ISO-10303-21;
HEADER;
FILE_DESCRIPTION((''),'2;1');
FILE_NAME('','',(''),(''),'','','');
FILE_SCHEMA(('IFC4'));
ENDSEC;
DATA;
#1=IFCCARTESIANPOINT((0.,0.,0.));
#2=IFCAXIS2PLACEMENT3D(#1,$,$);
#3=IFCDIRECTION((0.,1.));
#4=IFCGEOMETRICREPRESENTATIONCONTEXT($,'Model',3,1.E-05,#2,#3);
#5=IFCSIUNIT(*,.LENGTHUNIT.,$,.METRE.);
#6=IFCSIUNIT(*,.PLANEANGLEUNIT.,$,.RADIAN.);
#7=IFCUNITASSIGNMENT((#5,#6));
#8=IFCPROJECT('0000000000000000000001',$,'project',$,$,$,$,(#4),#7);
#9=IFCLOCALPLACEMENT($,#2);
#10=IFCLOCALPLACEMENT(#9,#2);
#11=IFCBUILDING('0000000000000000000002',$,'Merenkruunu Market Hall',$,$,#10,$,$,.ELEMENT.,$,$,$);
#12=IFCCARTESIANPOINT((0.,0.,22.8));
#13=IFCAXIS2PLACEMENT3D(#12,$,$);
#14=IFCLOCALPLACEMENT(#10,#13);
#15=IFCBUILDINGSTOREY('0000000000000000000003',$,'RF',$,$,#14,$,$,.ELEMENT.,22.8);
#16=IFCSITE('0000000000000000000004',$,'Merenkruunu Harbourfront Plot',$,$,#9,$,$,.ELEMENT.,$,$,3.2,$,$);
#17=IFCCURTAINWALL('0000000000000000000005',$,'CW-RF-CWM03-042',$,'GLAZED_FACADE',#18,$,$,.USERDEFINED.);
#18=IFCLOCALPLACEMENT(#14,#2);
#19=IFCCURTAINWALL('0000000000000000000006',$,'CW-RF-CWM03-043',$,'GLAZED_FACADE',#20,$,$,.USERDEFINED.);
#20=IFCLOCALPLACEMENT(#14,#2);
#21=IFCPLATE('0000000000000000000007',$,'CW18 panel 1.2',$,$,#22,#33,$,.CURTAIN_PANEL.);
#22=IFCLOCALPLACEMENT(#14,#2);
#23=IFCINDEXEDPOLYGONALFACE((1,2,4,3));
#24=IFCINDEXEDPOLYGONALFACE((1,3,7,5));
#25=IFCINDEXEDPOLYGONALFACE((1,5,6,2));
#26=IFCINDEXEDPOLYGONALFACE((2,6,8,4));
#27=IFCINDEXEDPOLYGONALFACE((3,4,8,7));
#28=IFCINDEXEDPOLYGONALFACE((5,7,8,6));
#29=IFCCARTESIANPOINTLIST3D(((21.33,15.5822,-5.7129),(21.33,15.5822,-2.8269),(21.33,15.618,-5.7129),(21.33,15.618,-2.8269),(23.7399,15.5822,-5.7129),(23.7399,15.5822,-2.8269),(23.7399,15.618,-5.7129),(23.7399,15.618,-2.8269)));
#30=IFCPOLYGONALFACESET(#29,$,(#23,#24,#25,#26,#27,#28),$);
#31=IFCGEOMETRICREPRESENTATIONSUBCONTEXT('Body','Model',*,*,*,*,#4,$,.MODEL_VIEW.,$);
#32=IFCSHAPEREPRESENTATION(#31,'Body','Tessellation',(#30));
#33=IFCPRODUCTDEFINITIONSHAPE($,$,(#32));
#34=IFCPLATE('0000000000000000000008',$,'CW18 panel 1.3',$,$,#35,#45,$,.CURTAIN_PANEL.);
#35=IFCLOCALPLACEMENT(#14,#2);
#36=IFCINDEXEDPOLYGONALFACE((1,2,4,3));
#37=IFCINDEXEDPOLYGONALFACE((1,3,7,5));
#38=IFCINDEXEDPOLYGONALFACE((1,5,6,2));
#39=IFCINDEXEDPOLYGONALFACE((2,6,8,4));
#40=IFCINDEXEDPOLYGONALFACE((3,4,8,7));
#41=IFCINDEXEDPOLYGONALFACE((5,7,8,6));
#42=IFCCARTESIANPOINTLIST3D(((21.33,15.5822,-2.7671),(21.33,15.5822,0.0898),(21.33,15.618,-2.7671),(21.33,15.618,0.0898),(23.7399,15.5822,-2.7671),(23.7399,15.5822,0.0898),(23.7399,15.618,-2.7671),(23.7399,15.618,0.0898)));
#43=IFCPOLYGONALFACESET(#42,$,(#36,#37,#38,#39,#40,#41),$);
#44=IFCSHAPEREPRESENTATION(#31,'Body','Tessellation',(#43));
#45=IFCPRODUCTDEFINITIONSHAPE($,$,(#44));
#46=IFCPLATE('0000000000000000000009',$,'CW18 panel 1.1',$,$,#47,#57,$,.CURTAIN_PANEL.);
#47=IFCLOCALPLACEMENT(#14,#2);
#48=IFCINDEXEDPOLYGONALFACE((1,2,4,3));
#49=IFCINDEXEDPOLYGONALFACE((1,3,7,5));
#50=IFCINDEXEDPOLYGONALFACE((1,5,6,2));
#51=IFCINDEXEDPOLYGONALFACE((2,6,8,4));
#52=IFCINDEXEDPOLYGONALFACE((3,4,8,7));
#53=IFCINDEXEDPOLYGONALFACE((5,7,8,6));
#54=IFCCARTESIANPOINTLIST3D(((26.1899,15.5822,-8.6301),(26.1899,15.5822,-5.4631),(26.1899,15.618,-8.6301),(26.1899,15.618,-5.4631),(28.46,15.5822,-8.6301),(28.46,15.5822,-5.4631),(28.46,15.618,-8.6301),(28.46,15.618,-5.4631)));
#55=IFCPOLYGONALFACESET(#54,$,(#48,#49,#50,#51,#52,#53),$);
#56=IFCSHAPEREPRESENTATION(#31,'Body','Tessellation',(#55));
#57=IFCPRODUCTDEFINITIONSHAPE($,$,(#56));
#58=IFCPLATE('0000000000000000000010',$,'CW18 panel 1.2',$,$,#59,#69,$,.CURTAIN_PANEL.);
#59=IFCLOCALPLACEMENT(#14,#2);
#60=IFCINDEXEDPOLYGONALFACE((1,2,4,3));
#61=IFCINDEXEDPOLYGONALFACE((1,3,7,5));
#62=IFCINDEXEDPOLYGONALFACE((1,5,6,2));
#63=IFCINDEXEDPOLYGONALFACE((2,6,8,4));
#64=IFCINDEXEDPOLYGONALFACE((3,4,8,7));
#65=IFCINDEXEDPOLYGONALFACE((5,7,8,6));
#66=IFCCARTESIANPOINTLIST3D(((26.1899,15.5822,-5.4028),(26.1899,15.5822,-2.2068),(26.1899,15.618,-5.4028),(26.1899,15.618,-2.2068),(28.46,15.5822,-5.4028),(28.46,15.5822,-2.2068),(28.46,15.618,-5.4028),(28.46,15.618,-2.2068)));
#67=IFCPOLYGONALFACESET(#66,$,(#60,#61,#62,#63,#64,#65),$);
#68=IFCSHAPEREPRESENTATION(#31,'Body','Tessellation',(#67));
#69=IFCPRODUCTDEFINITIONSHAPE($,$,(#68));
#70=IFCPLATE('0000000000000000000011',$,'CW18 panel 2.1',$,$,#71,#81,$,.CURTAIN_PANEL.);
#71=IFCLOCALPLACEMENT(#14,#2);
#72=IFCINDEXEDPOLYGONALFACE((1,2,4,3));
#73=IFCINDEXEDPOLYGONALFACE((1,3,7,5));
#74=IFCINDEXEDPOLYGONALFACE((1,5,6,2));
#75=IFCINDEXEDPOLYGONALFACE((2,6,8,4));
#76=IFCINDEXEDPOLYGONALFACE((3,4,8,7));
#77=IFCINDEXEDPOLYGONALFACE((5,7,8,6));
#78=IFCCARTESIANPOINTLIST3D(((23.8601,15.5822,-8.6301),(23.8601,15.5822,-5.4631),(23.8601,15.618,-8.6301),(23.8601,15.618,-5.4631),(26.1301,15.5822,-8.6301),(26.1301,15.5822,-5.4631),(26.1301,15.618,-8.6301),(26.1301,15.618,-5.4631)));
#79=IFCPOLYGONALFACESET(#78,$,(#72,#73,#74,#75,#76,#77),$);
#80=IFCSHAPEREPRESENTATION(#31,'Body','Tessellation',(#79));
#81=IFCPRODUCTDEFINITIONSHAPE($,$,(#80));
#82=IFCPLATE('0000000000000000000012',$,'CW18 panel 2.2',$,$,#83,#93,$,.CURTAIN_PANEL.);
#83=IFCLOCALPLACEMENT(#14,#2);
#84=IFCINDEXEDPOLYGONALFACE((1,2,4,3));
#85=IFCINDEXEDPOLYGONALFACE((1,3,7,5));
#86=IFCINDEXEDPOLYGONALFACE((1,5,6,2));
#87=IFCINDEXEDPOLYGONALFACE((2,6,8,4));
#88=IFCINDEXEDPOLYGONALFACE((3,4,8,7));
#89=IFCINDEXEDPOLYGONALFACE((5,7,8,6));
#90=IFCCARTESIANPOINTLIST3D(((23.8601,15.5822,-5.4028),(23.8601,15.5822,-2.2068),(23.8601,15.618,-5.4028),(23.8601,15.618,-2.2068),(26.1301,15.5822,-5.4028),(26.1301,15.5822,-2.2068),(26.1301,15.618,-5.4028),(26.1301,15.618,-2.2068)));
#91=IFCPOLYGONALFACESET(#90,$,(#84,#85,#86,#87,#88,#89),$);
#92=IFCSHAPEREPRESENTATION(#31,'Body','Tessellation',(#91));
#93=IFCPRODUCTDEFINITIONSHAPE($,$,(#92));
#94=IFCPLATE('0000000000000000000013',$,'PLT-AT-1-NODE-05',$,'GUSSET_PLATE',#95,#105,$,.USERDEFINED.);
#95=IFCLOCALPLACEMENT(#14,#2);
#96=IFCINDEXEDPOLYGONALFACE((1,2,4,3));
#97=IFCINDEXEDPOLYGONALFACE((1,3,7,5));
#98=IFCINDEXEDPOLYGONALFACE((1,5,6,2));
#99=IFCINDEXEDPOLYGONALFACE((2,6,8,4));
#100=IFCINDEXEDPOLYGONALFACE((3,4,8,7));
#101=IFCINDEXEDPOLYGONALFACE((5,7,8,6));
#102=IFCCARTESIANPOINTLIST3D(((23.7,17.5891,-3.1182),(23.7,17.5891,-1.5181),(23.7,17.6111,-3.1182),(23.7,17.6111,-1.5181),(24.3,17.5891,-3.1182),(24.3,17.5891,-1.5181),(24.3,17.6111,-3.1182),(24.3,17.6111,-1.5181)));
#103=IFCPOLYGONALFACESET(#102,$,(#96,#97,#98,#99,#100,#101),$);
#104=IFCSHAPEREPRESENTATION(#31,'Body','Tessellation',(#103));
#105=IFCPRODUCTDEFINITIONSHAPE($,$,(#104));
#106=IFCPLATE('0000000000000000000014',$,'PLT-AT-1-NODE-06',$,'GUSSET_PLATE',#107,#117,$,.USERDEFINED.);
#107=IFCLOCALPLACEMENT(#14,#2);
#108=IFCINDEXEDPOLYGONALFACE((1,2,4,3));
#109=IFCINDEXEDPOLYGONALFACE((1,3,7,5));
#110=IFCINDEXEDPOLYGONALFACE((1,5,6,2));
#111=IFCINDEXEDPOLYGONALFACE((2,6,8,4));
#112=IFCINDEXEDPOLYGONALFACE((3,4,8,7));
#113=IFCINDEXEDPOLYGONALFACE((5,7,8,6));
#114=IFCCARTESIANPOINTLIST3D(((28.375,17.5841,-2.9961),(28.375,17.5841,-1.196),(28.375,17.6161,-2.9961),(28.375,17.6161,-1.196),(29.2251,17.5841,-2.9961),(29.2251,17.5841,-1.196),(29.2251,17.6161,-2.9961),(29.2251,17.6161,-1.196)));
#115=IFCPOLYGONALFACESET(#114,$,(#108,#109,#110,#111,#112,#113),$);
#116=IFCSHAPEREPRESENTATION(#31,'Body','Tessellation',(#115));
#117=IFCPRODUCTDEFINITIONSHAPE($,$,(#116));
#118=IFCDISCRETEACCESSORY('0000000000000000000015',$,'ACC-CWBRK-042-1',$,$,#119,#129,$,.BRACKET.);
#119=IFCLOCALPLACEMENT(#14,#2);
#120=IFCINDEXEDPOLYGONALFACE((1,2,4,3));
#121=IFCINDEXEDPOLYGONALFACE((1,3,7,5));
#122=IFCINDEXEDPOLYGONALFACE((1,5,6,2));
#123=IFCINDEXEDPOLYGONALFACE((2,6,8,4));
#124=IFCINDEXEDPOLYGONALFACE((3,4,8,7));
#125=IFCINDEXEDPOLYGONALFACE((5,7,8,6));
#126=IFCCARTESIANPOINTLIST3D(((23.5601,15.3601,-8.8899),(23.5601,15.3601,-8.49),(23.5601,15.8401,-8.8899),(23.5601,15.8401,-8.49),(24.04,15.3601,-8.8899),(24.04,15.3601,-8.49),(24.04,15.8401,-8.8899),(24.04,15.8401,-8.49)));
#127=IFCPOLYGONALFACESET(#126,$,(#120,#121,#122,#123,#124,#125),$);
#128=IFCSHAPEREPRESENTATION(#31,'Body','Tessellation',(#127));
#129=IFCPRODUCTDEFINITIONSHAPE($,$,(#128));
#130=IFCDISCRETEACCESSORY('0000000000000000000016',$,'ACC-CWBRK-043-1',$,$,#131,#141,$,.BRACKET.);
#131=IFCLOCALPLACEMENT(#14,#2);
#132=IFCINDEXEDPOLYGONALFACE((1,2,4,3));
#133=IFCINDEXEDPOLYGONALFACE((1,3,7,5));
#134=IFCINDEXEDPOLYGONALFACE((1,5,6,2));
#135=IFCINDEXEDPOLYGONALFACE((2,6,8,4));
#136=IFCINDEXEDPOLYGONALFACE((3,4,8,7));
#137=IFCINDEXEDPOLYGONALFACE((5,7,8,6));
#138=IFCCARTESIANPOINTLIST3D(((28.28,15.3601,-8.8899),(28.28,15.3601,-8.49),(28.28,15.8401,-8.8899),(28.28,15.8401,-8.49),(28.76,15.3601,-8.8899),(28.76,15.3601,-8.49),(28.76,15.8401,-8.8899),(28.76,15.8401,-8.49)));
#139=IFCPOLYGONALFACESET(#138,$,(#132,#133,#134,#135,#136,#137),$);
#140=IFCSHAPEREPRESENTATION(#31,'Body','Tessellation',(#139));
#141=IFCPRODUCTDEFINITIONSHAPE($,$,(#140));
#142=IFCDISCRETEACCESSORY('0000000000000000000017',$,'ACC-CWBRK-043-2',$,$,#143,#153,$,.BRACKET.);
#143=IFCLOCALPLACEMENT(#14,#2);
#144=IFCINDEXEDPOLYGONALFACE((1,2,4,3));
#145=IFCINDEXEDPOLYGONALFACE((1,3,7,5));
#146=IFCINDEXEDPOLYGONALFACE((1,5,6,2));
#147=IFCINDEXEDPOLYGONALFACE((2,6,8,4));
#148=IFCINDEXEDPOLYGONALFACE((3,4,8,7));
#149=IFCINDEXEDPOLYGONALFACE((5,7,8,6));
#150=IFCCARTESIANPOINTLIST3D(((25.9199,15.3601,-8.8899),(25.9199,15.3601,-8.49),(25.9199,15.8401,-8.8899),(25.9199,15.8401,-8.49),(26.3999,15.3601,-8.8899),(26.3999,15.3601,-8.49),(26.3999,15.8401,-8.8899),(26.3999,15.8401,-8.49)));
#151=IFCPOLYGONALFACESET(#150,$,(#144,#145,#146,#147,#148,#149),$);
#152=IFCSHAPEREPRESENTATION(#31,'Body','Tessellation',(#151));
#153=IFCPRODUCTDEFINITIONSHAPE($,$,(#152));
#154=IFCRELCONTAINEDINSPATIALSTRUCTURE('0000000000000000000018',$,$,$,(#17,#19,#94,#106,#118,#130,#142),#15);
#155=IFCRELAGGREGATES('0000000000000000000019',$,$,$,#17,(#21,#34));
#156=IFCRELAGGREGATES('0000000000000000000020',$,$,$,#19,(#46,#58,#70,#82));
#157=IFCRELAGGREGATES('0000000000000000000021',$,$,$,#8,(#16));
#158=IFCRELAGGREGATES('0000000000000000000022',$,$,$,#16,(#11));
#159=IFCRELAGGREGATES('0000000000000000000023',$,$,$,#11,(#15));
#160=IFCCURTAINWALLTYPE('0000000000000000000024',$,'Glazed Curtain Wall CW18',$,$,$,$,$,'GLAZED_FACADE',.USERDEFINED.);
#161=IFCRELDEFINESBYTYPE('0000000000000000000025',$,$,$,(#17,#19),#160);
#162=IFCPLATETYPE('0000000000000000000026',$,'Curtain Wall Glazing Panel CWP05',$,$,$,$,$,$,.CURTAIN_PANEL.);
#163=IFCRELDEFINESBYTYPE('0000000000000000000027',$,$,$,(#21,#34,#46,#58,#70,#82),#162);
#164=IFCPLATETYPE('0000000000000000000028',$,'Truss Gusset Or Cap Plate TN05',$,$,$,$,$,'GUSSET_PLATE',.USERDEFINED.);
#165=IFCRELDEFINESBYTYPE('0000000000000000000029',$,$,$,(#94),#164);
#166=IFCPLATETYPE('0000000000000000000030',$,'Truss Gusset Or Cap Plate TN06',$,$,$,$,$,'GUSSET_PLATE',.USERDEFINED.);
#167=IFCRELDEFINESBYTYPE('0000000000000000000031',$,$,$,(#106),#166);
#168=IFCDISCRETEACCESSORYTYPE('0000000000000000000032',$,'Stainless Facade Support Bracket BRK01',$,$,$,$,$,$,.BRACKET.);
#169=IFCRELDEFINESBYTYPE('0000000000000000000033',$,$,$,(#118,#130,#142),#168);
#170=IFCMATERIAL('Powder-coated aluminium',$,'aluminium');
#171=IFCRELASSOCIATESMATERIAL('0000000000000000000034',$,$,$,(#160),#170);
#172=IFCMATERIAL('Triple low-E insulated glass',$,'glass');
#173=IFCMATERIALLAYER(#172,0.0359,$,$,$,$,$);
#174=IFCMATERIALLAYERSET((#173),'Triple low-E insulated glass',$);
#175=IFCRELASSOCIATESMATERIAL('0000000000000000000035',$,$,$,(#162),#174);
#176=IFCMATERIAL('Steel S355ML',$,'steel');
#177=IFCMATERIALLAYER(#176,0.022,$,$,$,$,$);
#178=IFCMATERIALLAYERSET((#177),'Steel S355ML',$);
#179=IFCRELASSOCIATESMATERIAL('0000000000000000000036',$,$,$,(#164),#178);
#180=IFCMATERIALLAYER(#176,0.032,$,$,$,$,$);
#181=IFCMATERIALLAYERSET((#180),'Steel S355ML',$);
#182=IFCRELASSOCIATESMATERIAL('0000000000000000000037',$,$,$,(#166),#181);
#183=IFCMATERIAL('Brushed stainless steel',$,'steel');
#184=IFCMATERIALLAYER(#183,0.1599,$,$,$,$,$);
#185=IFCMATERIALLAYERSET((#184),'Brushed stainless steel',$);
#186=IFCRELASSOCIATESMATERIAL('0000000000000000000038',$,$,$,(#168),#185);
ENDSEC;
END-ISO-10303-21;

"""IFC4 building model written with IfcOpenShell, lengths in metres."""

from ifc_helpers import new_model, si_unit, direction, frame, origin, origin_2d, place, context, subcontext, project, spatial, rectangle, extrude, material, layer, layer_set, type_object, element, aggregate, save


model = new_model("IFC4")

# Units and contexts
model_context = context("Model", 3, precision=1e-05, world=origin(), true_north=direction((0.0, 1.0)))
body_context = subcontext(model_context, "Body", "Model", "MODEL_VIEW")
ifc_project = project(units=[si_unit("LENGTHUNIT", "METRE"), si_unit("PLANEANGLEUNIT", "RADIAN")], contexts=[model_context])

# Site, building, storey
site_placement = place(None, origin())
site = spatial("IfcSite", under=ifc_project, at=site_placement, Name="Merenkruunu Harbourfront Plot", CompositionType="ELEMENT", RefElevation=3.2)
building_placement = place(site_placement, origin())
building = spatial("IfcBuilding", under=site, at=building_placement, Name="Merenkruunu Market Hall", CompositionType="ELEMENT")
storey_placement = place(building_placement, frame((0.0, 0.0, 22.8)))
storey = spatial("IfcBuildingStorey", under=building, at=storey_placement, Name="RF", CompositionType="ELEMENT", Elevation=22.8)

# Shared definitions
ifc_material_1 = material(Name="Steel S355ML", Category="steel")

# Curtain wall
ifc_material_2 = material(Name="Powder-coated aluminium", Category="aluminium")
curtain_wall_type = type_object("IfcCurtainWallType", Name="Glazed Curtain Wall CW18", ElementType="GLAZED_FACADE", PredefinedType="USERDEFINED", material=ifc_material_2)
curtain_wall_1_placement = place(storey_placement, origin())
curtain_wall_1 = element("IfcCurtainWall", 1, at=curtain_wall_1_placement, inside=storey, type_object=curtain_wall_type, Name="CW-RF-CWM03-042", ObjectType="GLAZED_FACADE", PredefinedType="USERDEFINED")

# Curtain wall
curtain_wall_2_placement = place(storey_placement, origin())
curtain_wall_2 = element("IfcCurtainWall", 2, at=curtain_wall_2_placement, inside=storey, type_object=curtain_wall_type, Name="CW-RF-CWM03-043", ObjectType="GLAZED_FACADE", PredefinedType="USERDEFINED")

# Plates
ifc_material_3 = material(Name="Triple low-E insulated glass", Category="glass")
ifc_layer_1 = layer(ifc_material_3, 0.0359)
ifc_layer_set_1 = layer_set([ifc_layer_1], Name="Triple low-E insulated glass")
plate_type_1 = type_object("IfcPlateType", Name="Curtain Wall Glazing Panel CWP05", PredefinedType="CURTAIN_PANEL", material=ifc_layer_set_1)
plate_1_placement = place(storey_placement, frame((22.5349, 15.6001, -5.7129), z_axis=(0.0, 0.0, 1.0), x_axis=(-1.0, 0.0, 0.0)))
plate_1 = element("IfcPlate", 3, at=plate_1_placement, type_object=plate_type_1, Name="CW18 panel 1.2", PredefinedType="CURTAIN_PANEL", context=body_context, shape_type="SweptSolid", body=[
    extrude(rectangle(XDim=2.4099, YDim=0.0359, at=origin_2d()), origin(), (0.0, 0.0, 1.0), 2.886),
])
plate_2_placement = place(storey_placement, frame((22.5349, 15.6001, -2.7671), z_axis=(0.0, 0.0, 1.0), x_axis=(-1.0, 0.0, 0.0)))
plate_2 = element("IfcPlate", 4, at=plate_2_placement, type_object=plate_type_1, Name="CW18 panel 1.3", PredefinedType="CURTAIN_PANEL", context=body_context, shape_type="SweptSolid", body=[
    extrude(rectangle(XDim=2.4099, YDim=0.0359, at=origin_2d()), origin(), (0.0, 0.0, 1.0), 2.8569),
])
aggregate(curtain_wall_1, [plate_1, plate_2])
plate_3_placement = place(storey_placement, frame((27.325, 15.6001, -8.6301), z_axis=(0.0, 0.0, 1.0), x_axis=(-1.0, 0.0, 0.0)))
plate_3 = element("IfcPlate", 5, at=plate_3_placement, type_object=plate_type_1, Name="CW18 panel 1.1", PredefinedType="CURTAIN_PANEL", context=body_context, shape_type="SweptSolid", body=[
    extrude(rectangle(XDim=2.27, YDim=0.0359, at=origin_2d()), origin(), (0.0, 0.0, 1.0), 3.167),
])
plate_4_placement = place(storey_placement, frame((27.325, 15.6001, -5.4028), z_axis=(0.0, 0.0, 1.0), x_axis=(-1.0, 0.0, 0.0)))
plate_4 = element("IfcPlate", 6, at=plate_4_placement, type_object=plate_type_1, Name="CW18 panel 1.2", PredefinedType="CURTAIN_PANEL", context=body_context, shape_type="SweptSolid", body=[
    extrude(rectangle(XDim=2.27, YDim=0.0359, at=origin_2d()), origin(), (0.0, 0.0, 1.0), 3.196),
])
plate_5_placement = place(storey_placement, frame((24.9951, 15.6001, -8.6301), z_axis=(0.0, 0.0, 1.0), x_axis=(-1.0, 0.0, 0.0)))
plate_5 = element("IfcPlate", 7, at=plate_5_placement, type_object=plate_type_1, Name="CW18 panel 2.1", PredefinedType="CURTAIN_PANEL", context=body_context, shape_type="SweptSolid", body=[
    extrude(rectangle(XDim=2.27, YDim=0.0359, at=origin_2d()), origin(), (0.0, 0.0, 1.0), 3.167),
])
plate_6_placement = place(storey_placement, frame((24.9951, 15.6001, -5.4028), z_axis=(0.0, 0.0, 1.0), x_axis=(-1.0, 0.0, 0.0)))
plate_6 = element("IfcPlate", 8, at=plate_6_placement, type_object=plate_type_1, Name="CW18 panel 2.2", PredefinedType="CURTAIN_PANEL", context=body_context, shape_type="SweptSolid", body=[
    extrude(rectangle(XDim=2.27, YDim=0.0359, at=origin_2d()), origin(), (0.0, 0.0, 1.0), 3.196),
])
aggregate(curtain_wall_2, [plate_3, plate_4, plate_5, plate_6])

# Plates
ifc_layer_2 = layer(ifc_material_1, 0.022)
ifc_layer_set_2 = layer_set([ifc_layer_2], Name="Steel S355ML")
plate_type_2 = type_object("IfcPlateType", Name="Truss Gusset Or Cap Plate TN05", ElementType="GUSSET_PLATE", PredefinedType="USERDEFINED", material=ifc_layer_set_2)
plate_7_placement = place(storey_placement, frame((24.0, 17.6001, -3.1182), z_axis=(0.0, 0.0, 1.0), x_axis=(1.0, 0.0, 0.0)))
element("IfcPlate", 9, at=plate_7_placement, inside=storey, type_object=plate_type_2, Name="PLT-AT-1-NODE-05", ObjectType="GUSSET_PLATE", PredefinedType="USERDEFINED", context=body_context, shape_type="SweptSolid", body=[
    extrude(rectangle(XDim=0.6001, YDim=0.022, at=origin_2d()), origin(), (0.0, 0.0, 1.0), 1.6001),
])
ifc_layer_3 = layer(ifc_material_1, 0.032)
ifc_layer_set_3 = layer_set([ifc_layer_3], Name="Steel S355ML")
plate_type_3 = type_object("IfcPlateType", Name="Truss Gusset Or Cap Plate TN06", ElementType="GUSSET_PLATE", PredefinedType="USERDEFINED", material=ifc_layer_set_3)
plate_8_placement = place(storey_placement, frame((28.8, 17.6001, -2.9961), z_axis=(0.0, 0.0, 1.0), x_axis=(1.0, 0.0, 0.0)))
element("IfcPlate", 10, at=plate_8_placement, inside=storey, type_object=plate_type_3, Name="PLT-AT-1-NODE-06", ObjectType="GUSSET_PLATE", PredefinedType="USERDEFINED", context=body_context, shape_type="SweptSolid", body=[
    extrude(rectangle(XDim=0.8501, YDim=0.032, at=origin_2d()), origin(), (0.0, 0.0, 1.0), 1.8),
])

# Discrete accessories
ifc_material_4 = material(Name="Brushed stainless steel", Category="steel")
ifc_layer_4 = layer(ifc_material_4, 0.1599)
ifc_layer_set_4 = layer_set([ifc_layer_4], Name="Brushed stainless steel")
discrete_accessory_type = type_object("IfcDiscreteAccessoryType", Name="Stainless Facade Support Bracket BRK01", PredefinedType="BRACKET", material=ifc_layer_set_4)
for number, where, z_axis, x_axis, name in (
    (11, (23.8, 15.6001, -8.8899), (0.0, 0.0, 1.0), (1.0, 0.0, 0.0), "ACC-CWBRK-042-1"),
    (12, (28.52, 15.6001, -8.8899), (0.0, 0.0, 1.0), (1.0, 0.0, 0.0), "ACC-CWBRK-043-1"),
    (13, (26.1599, 15.6001, -8.8899), (0.0, 0.0, 1.0), (1.0, 0.0, 0.0), "ACC-CWBRK-043-2"),
):
    element("IfcDiscreteAccessory", number, at=place(storey_placement, frame(where, z_axis=z_axis, x_axis=x_axis)), inside=storey, type_object=discrete_accessory_type, Name=name, PredefinedType="BRACKET", context=body_context, shape_type="SweptSolid", body=[
        extrude(rectangle(XDim=0.48, YDim=0.48, at=origin_2d()), origin(), (0.0, 0.0, 1.0), 0.3999),
    ])

save(model, "model.ifc")
